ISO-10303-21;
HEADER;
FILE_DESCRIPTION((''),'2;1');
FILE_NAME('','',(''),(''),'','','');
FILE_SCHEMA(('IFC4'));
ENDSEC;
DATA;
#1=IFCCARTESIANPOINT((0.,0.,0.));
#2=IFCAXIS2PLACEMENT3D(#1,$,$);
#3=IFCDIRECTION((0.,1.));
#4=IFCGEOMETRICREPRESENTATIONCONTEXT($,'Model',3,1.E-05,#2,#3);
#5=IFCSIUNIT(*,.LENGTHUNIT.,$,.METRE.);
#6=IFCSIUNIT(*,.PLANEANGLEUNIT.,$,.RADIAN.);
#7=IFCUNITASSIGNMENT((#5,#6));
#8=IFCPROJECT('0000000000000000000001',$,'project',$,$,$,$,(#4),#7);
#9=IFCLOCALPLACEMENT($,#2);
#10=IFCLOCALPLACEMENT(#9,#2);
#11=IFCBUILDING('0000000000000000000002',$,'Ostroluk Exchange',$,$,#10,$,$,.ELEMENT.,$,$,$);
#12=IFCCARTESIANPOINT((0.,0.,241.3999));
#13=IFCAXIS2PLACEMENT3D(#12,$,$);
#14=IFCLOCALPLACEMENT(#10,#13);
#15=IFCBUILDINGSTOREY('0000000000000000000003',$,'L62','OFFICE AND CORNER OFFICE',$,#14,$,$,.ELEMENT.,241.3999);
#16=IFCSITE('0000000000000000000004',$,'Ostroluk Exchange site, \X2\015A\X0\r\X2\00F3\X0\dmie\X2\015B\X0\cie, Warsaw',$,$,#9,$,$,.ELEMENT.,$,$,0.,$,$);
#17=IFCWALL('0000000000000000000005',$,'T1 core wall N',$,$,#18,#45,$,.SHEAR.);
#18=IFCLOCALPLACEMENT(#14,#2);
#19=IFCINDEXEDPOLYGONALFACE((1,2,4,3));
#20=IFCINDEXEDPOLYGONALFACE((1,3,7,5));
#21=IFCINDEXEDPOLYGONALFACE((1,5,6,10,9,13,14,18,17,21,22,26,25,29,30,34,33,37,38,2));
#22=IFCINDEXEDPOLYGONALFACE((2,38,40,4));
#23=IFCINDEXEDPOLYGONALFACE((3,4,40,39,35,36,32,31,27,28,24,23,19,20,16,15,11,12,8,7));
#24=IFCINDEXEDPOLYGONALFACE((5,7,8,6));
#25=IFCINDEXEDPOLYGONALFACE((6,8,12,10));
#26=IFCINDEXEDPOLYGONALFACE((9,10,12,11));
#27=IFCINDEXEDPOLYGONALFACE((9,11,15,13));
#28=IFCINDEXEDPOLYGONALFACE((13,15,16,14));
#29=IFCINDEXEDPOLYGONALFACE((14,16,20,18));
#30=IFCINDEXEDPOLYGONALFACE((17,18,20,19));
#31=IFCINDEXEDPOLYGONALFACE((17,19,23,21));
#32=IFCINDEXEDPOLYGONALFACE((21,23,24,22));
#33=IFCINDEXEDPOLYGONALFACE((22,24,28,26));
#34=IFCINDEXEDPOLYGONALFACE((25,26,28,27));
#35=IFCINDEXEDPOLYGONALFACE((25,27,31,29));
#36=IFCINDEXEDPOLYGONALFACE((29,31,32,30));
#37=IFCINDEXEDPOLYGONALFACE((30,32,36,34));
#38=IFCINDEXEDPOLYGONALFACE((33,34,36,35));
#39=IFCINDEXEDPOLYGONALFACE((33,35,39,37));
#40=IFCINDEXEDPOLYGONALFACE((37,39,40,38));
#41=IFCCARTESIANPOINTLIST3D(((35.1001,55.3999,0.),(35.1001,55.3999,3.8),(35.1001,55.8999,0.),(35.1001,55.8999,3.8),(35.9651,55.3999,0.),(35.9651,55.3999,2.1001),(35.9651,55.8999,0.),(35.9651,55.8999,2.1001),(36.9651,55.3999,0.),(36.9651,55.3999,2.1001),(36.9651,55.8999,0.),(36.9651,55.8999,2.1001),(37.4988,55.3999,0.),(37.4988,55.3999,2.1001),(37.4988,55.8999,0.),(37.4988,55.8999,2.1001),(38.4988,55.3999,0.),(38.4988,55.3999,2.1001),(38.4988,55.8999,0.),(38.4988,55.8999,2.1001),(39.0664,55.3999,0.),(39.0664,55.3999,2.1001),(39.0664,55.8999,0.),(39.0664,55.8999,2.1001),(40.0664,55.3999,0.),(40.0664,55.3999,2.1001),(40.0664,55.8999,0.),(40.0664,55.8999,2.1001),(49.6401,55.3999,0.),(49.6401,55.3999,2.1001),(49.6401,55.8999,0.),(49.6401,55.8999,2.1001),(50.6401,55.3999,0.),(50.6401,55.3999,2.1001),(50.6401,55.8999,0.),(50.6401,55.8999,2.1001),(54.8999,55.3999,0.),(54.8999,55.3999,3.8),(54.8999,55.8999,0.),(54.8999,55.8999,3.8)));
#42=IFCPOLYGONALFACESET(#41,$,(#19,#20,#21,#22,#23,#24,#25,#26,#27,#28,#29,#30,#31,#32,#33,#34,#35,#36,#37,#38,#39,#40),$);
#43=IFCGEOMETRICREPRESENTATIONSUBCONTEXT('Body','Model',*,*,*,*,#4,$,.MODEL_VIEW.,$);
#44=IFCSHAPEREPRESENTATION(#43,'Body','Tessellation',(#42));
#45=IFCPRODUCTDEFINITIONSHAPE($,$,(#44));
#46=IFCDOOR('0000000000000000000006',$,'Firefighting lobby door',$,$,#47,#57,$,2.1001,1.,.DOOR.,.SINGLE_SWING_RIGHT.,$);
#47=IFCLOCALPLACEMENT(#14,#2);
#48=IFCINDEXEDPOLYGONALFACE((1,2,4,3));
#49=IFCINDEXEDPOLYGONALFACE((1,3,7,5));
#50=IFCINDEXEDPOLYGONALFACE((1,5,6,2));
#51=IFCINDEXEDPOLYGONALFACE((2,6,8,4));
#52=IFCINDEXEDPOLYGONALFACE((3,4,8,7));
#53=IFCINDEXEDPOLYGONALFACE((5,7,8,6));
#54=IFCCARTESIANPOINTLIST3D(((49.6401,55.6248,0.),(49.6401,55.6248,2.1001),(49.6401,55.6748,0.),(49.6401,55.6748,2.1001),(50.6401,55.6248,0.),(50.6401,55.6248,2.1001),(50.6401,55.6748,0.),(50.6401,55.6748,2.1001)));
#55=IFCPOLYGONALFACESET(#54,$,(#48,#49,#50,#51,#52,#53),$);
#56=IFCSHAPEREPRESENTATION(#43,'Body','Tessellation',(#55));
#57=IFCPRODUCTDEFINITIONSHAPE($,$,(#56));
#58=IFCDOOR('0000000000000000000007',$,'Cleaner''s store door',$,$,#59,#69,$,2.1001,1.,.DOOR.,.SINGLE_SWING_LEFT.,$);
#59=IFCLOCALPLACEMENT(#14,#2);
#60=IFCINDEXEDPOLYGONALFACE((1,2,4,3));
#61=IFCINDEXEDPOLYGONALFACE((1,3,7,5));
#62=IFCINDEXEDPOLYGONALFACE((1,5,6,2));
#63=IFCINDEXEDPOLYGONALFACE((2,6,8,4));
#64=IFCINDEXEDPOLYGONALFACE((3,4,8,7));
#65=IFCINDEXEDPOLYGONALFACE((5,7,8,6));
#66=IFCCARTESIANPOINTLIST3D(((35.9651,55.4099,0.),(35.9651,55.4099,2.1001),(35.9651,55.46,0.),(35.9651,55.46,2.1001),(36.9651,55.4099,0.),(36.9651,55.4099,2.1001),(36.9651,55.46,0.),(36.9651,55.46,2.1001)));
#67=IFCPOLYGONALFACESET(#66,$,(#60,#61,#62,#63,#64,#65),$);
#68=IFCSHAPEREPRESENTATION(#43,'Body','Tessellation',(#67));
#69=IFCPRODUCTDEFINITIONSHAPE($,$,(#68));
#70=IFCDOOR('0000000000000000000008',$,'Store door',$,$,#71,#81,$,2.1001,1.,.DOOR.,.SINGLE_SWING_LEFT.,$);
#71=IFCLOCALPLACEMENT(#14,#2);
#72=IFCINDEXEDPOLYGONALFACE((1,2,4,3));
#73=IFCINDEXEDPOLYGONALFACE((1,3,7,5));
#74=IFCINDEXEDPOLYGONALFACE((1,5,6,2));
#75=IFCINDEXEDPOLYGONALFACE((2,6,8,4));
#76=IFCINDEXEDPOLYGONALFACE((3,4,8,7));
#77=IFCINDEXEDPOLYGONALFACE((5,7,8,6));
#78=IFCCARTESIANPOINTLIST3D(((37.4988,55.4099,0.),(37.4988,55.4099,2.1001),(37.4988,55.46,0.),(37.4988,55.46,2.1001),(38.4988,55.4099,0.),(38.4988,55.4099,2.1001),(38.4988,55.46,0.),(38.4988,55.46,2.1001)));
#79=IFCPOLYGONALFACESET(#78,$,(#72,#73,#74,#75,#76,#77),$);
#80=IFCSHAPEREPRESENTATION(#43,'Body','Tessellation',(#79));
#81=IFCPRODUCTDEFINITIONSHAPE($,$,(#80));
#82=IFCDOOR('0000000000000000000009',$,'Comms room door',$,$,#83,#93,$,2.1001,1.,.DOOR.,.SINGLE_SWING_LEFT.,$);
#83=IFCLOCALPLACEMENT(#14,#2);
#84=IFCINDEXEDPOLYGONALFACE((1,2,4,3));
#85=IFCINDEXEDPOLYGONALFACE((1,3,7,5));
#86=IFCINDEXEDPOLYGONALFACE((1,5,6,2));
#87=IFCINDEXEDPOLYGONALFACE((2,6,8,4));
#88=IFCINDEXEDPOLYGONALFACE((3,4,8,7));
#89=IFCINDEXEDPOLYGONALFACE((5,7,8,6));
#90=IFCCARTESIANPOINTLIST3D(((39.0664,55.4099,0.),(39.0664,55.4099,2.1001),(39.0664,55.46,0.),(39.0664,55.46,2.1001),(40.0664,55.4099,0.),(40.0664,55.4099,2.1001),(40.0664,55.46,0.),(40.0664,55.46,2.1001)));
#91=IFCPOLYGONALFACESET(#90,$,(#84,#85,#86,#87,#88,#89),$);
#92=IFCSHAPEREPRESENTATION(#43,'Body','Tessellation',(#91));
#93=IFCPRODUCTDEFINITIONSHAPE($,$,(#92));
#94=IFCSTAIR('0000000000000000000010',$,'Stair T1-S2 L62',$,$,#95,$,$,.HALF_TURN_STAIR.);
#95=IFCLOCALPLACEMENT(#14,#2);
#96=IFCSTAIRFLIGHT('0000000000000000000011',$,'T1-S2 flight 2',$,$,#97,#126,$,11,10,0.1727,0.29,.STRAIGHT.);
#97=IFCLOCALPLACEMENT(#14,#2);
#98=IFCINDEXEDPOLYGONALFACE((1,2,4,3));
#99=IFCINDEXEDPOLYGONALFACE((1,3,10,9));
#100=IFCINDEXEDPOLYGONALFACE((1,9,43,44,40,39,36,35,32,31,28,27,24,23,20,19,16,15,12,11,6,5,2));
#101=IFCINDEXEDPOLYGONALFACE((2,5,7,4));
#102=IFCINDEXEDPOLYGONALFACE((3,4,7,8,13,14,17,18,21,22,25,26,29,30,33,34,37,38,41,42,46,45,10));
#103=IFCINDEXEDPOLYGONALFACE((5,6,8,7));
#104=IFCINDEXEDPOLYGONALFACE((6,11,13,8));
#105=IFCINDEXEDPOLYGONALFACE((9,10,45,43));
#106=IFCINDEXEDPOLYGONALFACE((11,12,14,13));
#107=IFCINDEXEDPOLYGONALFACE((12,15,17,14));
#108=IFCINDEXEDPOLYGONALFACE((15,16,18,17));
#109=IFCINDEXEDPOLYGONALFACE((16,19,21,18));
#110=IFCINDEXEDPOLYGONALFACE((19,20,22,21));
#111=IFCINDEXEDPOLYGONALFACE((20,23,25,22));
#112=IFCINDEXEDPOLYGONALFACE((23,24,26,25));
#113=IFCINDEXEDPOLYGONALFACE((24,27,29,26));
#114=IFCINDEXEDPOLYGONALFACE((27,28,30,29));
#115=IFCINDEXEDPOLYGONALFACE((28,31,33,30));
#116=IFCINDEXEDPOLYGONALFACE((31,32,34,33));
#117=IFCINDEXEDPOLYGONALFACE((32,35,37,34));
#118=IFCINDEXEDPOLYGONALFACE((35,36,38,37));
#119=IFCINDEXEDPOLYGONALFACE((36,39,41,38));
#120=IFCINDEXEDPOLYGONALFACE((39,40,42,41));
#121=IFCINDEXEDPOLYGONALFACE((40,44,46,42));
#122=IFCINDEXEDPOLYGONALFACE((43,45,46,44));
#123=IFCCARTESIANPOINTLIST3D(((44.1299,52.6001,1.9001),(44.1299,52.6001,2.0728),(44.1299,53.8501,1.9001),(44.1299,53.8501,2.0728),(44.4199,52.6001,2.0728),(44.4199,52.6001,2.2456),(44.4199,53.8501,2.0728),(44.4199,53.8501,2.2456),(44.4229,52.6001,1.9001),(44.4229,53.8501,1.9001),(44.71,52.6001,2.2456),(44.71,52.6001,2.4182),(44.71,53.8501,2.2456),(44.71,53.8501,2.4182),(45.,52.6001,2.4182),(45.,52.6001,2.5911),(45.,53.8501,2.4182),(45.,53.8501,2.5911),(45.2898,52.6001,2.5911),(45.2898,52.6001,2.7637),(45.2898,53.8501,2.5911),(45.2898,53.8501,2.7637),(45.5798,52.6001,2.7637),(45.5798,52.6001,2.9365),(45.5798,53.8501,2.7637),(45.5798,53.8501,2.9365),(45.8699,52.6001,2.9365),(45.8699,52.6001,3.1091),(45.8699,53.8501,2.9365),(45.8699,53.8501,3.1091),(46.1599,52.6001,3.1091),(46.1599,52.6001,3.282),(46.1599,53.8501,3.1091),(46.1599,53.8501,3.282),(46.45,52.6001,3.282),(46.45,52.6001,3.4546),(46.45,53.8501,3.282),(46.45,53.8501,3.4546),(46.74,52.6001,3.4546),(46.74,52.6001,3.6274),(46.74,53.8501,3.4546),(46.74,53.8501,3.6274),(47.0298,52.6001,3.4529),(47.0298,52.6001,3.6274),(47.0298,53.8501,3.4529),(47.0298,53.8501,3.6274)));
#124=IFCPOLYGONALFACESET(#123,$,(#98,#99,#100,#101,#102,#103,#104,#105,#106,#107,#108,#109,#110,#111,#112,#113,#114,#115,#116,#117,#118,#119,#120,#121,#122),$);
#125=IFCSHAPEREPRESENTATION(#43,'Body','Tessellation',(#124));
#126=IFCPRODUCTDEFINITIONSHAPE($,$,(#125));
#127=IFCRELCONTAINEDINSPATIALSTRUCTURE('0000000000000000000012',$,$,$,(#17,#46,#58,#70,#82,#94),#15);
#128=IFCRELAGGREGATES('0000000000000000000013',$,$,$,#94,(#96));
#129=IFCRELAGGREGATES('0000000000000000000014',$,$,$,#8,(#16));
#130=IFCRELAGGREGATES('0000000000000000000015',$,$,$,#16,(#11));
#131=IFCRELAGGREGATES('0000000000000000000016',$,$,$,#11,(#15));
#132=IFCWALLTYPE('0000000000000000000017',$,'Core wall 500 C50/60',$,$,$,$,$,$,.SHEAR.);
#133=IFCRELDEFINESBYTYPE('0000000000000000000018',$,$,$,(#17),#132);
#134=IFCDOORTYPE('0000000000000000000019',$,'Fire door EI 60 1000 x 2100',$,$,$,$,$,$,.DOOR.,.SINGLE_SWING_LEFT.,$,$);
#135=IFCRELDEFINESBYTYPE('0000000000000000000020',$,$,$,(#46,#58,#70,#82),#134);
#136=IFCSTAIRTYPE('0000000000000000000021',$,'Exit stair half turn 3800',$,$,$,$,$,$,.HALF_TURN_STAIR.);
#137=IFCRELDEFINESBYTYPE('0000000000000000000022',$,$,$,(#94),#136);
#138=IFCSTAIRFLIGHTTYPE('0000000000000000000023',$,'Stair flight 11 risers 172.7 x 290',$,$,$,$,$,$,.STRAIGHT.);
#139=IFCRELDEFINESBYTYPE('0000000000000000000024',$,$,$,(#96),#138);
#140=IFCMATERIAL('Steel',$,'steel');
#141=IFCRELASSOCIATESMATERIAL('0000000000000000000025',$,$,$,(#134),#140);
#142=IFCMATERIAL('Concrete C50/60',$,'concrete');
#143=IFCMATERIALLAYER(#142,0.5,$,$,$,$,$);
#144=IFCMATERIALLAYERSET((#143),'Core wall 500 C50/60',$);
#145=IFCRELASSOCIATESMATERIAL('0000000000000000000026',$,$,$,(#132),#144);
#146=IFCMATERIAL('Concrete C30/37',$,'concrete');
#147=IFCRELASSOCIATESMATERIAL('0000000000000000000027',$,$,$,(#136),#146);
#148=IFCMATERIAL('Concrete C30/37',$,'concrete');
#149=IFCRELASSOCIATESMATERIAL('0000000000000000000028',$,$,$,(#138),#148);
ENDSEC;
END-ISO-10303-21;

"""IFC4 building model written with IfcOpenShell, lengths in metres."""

from ifc_helpers import new_model, si_unit, direction, frame, frame_2d, origin, place, context, subcontext, project, spatial, polyline, rectangle, outline, extrude, material, layer, layer_set, type_object, element, fill, aggregate, save


model = new_model("IFC4")

# Units and contexts
model_context = context("Model", 3, precision=1e-05, world=origin(), true_north=direction((0.0, 1.0)))
body_context = subcontext(model_context, "Body", "Model", "MODEL_VIEW")
ifc_project = project(units=[si_unit("LENGTHUNIT", "METRE"), si_unit("PLANEANGLEUNIT", "RADIAN")], contexts=[model_context])

# Site, building, storey
site_placement = place(None, origin())
site = spatial("IfcSite", under=ifc_project, at=site_placement, Name="Ostroluk Exchange site, Śródmieście, Warsaw", CompositionType="ELEMENT", RefElevation=0.0)
building_placement = place(site_placement, origin())
building = spatial("IfcBuilding", under=site, at=building_placement, Name="Ostroluk Exchange", CompositionType="ELEMENT")
storey_placement = place(building_placement, frame((0.0, 0.0, 241.3999)))
storey = spatial("IfcBuildingStorey", under=building, at=storey_placement, Name="L62", Description="OFFICE AND CORNER OFFICE", CompositionType="ELEMENT", Elevation=241.3999)

# Wall, openings, doors
ifc_material_1 = material(Name="Steel", Category="steel")
door_type_1 = type_object("IfcDoorType", Name="Fire door EI 60 1000 x 2100", OperationType="SINGLE_SWING_LEFT", PredefinedType="DOOR", material=ifc_material_1)
ifc_material_2 = material(Name="Concrete C50/60", Category="concrete")
ifc_layer_1 = layer(ifc_material_2, 0.5)
ifc_layer_set_1 = layer_set([ifc_layer_1], Name="Core wall 500 C50/60")
wall_type_1 = type_object("IfcWallType", Name="Core wall 500 C50/60", PredefinedType="SHEAR", material=ifc_layer_set_1)
wall_1_placement = place(storey_placement, frame((35.1001, 55.6499, 0.0), z_axis=(0.0, 0.0, 1.0), x_axis=(1.0, 0.0, 0.0)))
wall_1 = element("IfcWall", 1, at=wall_1_placement, inside=storey, type_object=wall_type_1, Name="T1 core wall N", PredefinedType="SHEAR", context=body_context, shape_type="SweptSolid", body=[
    extrude(rectangle(XDim=19.7998, YDim=0.5, at=frame_2d((9.8999, 0.0))), origin(), (0.0, 0.0, 1.0), 3.8),
])
opening_1_placement = place(wall_1_placement, frame((14.54, 0.0, 0.0)))
opening_1 = element("IfcOpeningElement", 2, at=opening_1_placement, cuts=wall_1, PredefinedType="OPENING", context=body_context, shape_type="SweptSolid", body=[
    extrude(rectangle(XDim=1.0, YDim=2.1001, at=frame_2d((0.5, 1.05))), frame((0.0, 0.26, 0.0), z_axis=(0.0, -1.0, 0.0), x_axis=(1.0, 0.0, 0.0)), (0.0, 0.0, 1.0), 0.52),
])
opening_2_placement = place(wall_1_placement, frame((0.865, 0.0, 0.0)))
opening_2 = element("IfcOpeningElement", 3, at=opening_2_placement, cuts=wall_1, PredefinedType="OPENING", context=body_context, shape_type="SweptSolid", body=[
    extrude(rectangle(XDim=1.0, YDim=2.1001, at=frame_2d((0.5, 1.05))), frame((0.0, 0.26, 0.0), z_axis=(0.0, -1.0, 0.0), x_axis=(1.0, 0.0, 0.0)), (0.0, 0.0, 1.0), 0.52),
])
opening_3_placement = place(wall_1_placement, frame((2.3987, 0.0, 0.0)))
opening_3 = element("IfcOpeningElement", 4, at=opening_3_placement, cuts=wall_1, PredefinedType="OPENING", context=body_context, shape_type="SweptSolid", body=[
    extrude(rectangle(XDim=1.0, YDim=2.1001, at=frame_2d((0.5, 1.05))), frame((0.0, 0.26, 0.0), z_axis=(0.0, -1.0, 0.0), x_axis=(1.0, 0.0, 0.0)), (0.0, 0.0, 1.0), 0.52),
])
opening_4_placement = place(wall_1_placement, frame((3.9663, 0.0, 0.0)))
opening_4 = element("IfcOpeningElement", 5, at=opening_4_placement, cuts=wall_1, PredefinedType="OPENING", context=body_context, shape_type="SweptSolid", body=[
    extrude(rectangle(XDim=1.0, YDim=2.1001, at=frame_2d((0.5, 1.05))), frame((0.0, 0.26, 0.0), z_axis=(0.0, -1.0, 0.0), x_axis=(1.0, 0.0, 0.0)), (0.0, 0.0, 1.0), 0.52),
])
door_1_placement = place(opening_1_placement, origin())
door_1 = element("IfcDoor", 6, at=door_1_placement, inside=storey, type_object=door_type_1, Name="Firefighting lobby door", OperationType="SINGLE_SWING_RIGHT", OverallHeight=2.1001, OverallWidth=1.0, PredefinedType="DOOR", context=body_context, shape_type="SweptSolid", body=[
    extrude(rectangle(XDim=1.0, YDim=2.1001, at=frame_2d((0.5, 1.05))), frame((0.0, 0.0249, 0.0), z_axis=(0.0, -1.0, 0.0), x_axis=(1.0, 0.0, 0.0)), (0.0, 0.0, 1.0), 0.05),
])
fill(opening_1, door_1)
door_2_placement = place(opening_2_placement, origin())
door_2 = element("IfcDoor", 7, at=door_2_placement, inside=storey, type_object=door_type_1, Name="Cleaner's store door", OperationType="SINGLE_SWING_LEFT", OverallHeight=2.1001, OverallWidth=1.0, PredefinedType="DOOR", context=body_context, shape_type="SweptSolid", body=[
    extrude(rectangle(XDim=1.0, YDim=2.1001, at=frame_2d((0.5, 1.05))), frame((0.0, -0.1899, 0.0), z_axis=(0.0, -1.0, 0.0), x_axis=(1.0, 0.0, 0.0)), (0.0, 0.0, 1.0), 0.05),
])
fill(opening_2, door_2)
door_3_placement = place(opening_3_placement, origin())
door_3 = element("IfcDoor", 8, at=door_3_placement, inside=storey, type_object=door_type_1, Name="Store door", OperationType="SINGLE_SWING_LEFT", OverallHeight=2.1001, OverallWidth=1.0, PredefinedType="DOOR", context=body_context, shape_type="SweptSolid", body=[
    extrude(rectangle(XDim=1.0, YDim=2.1001, at=frame_2d((0.5, 1.05))), frame((0.0, -0.1899, 0.0), z_axis=(0.0, -1.0, 0.0), x_axis=(1.0, 0.0, 0.0)), (0.0, 0.0, 1.0), 0.05),
])
fill(opening_3, door_3)
door_4_placement = place(opening_4_placement, origin())
door_4 = element("IfcDoor", 9, at=door_4_placement, inside=storey, type_object=door_type_1, Name="Comms room door", OperationType="SINGLE_SWING_LEFT", OverallHeight=2.1001, OverallWidth=1.0, PredefinedType="DOOR", context=body_context, shape_type="SweptSolid", body=[
    extrude(rectangle(XDim=1.0, YDim=2.1001, at=frame_2d((0.5, 1.05))), frame((0.0, -0.1899, 0.0), z_axis=(0.0, -1.0, 0.0), x_axis=(1.0, 0.0, 0.0)), (0.0, 0.0, 1.0), 0.05),
])
fill(opening_4, door_4)

# Stair, stair flight
ifc_material_3 = material(Name="Concrete C30/37", Category="concrete")
stair_type = type_object("IfcStairType", Name="Exit stair half turn 3800", PredefinedType="HALF_TURN_STAIR", material=ifc_material_3)
stair_placement = place(storey_placement, origin())
stair = element("IfcStair", 10, at=stair_placement, inside=storey, type_object=stair_type, Name="Stair T1-S2 L62", PredefinedType="HALF_TURN_STAIR")
ifc_material_4 = material(Name="Concrete C30/37", Category="concrete")
stair_flight_type = type_object("IfcStairFlightType", Name="Stair flight 11 risers 172.7 x 290", PredefinedType="STRAIGHT", material=ifc_material_4)
stair_flight_placement = place(storey_placement, frame((44.1299, 53.2251, 1.9001), z_axis=(0.0, 0.0, 1.0), x_axis=(1.0, 0.0, 0.0)))
stair_flight = element("IfcStairFlight", 11, at=stair_flight_placement, type_object=stair_flight_type, Name="T1-S2 flight 2", NumberOfRisers=11, NumberOfTreads=10, PredefinedType="STRAIGHT", RiserHeight=0.1727, TreadLength=0.29, context=body_context, shape_type="SweptSolid", body=[
    extrude(outline(polyline([(0.0, 0.0), (0.0, 0.1726), (0.29, 0.1726), (0.29, 0.3455), (0.5801, 0.3455), (0.5801, 0.5181), (0.8701, 0.5181), (0.8701, 0.6909), (1.1599, 0.6909), (1.1599, 0.8635), (1.45, 0.8635), (1.45, 1.0364), (1.74, 1.0364), (1.74, 1.209), (2.03, 1.209), (2.03, 1.3818), (2.3201, 1.3818), (2.3201, 1.5544), (2.6101, 1.5544), (2.6101, 1.7273), (2.8999, 1.7273), (2.8999, 1.8999), (2.8999, 1.5527), (0.293, 0.0), (0.0, 0.0)])), frame((0.0, 0.625, 0.0), z_axis=(0.0, -1.0, 0.0), x_axis=(1.0, 0.0, 0.0)), (0.0, 0.0, 1.0), 1.25),
])
aggregate(stair, [stair_flight])

save(model, "model.ifc")
